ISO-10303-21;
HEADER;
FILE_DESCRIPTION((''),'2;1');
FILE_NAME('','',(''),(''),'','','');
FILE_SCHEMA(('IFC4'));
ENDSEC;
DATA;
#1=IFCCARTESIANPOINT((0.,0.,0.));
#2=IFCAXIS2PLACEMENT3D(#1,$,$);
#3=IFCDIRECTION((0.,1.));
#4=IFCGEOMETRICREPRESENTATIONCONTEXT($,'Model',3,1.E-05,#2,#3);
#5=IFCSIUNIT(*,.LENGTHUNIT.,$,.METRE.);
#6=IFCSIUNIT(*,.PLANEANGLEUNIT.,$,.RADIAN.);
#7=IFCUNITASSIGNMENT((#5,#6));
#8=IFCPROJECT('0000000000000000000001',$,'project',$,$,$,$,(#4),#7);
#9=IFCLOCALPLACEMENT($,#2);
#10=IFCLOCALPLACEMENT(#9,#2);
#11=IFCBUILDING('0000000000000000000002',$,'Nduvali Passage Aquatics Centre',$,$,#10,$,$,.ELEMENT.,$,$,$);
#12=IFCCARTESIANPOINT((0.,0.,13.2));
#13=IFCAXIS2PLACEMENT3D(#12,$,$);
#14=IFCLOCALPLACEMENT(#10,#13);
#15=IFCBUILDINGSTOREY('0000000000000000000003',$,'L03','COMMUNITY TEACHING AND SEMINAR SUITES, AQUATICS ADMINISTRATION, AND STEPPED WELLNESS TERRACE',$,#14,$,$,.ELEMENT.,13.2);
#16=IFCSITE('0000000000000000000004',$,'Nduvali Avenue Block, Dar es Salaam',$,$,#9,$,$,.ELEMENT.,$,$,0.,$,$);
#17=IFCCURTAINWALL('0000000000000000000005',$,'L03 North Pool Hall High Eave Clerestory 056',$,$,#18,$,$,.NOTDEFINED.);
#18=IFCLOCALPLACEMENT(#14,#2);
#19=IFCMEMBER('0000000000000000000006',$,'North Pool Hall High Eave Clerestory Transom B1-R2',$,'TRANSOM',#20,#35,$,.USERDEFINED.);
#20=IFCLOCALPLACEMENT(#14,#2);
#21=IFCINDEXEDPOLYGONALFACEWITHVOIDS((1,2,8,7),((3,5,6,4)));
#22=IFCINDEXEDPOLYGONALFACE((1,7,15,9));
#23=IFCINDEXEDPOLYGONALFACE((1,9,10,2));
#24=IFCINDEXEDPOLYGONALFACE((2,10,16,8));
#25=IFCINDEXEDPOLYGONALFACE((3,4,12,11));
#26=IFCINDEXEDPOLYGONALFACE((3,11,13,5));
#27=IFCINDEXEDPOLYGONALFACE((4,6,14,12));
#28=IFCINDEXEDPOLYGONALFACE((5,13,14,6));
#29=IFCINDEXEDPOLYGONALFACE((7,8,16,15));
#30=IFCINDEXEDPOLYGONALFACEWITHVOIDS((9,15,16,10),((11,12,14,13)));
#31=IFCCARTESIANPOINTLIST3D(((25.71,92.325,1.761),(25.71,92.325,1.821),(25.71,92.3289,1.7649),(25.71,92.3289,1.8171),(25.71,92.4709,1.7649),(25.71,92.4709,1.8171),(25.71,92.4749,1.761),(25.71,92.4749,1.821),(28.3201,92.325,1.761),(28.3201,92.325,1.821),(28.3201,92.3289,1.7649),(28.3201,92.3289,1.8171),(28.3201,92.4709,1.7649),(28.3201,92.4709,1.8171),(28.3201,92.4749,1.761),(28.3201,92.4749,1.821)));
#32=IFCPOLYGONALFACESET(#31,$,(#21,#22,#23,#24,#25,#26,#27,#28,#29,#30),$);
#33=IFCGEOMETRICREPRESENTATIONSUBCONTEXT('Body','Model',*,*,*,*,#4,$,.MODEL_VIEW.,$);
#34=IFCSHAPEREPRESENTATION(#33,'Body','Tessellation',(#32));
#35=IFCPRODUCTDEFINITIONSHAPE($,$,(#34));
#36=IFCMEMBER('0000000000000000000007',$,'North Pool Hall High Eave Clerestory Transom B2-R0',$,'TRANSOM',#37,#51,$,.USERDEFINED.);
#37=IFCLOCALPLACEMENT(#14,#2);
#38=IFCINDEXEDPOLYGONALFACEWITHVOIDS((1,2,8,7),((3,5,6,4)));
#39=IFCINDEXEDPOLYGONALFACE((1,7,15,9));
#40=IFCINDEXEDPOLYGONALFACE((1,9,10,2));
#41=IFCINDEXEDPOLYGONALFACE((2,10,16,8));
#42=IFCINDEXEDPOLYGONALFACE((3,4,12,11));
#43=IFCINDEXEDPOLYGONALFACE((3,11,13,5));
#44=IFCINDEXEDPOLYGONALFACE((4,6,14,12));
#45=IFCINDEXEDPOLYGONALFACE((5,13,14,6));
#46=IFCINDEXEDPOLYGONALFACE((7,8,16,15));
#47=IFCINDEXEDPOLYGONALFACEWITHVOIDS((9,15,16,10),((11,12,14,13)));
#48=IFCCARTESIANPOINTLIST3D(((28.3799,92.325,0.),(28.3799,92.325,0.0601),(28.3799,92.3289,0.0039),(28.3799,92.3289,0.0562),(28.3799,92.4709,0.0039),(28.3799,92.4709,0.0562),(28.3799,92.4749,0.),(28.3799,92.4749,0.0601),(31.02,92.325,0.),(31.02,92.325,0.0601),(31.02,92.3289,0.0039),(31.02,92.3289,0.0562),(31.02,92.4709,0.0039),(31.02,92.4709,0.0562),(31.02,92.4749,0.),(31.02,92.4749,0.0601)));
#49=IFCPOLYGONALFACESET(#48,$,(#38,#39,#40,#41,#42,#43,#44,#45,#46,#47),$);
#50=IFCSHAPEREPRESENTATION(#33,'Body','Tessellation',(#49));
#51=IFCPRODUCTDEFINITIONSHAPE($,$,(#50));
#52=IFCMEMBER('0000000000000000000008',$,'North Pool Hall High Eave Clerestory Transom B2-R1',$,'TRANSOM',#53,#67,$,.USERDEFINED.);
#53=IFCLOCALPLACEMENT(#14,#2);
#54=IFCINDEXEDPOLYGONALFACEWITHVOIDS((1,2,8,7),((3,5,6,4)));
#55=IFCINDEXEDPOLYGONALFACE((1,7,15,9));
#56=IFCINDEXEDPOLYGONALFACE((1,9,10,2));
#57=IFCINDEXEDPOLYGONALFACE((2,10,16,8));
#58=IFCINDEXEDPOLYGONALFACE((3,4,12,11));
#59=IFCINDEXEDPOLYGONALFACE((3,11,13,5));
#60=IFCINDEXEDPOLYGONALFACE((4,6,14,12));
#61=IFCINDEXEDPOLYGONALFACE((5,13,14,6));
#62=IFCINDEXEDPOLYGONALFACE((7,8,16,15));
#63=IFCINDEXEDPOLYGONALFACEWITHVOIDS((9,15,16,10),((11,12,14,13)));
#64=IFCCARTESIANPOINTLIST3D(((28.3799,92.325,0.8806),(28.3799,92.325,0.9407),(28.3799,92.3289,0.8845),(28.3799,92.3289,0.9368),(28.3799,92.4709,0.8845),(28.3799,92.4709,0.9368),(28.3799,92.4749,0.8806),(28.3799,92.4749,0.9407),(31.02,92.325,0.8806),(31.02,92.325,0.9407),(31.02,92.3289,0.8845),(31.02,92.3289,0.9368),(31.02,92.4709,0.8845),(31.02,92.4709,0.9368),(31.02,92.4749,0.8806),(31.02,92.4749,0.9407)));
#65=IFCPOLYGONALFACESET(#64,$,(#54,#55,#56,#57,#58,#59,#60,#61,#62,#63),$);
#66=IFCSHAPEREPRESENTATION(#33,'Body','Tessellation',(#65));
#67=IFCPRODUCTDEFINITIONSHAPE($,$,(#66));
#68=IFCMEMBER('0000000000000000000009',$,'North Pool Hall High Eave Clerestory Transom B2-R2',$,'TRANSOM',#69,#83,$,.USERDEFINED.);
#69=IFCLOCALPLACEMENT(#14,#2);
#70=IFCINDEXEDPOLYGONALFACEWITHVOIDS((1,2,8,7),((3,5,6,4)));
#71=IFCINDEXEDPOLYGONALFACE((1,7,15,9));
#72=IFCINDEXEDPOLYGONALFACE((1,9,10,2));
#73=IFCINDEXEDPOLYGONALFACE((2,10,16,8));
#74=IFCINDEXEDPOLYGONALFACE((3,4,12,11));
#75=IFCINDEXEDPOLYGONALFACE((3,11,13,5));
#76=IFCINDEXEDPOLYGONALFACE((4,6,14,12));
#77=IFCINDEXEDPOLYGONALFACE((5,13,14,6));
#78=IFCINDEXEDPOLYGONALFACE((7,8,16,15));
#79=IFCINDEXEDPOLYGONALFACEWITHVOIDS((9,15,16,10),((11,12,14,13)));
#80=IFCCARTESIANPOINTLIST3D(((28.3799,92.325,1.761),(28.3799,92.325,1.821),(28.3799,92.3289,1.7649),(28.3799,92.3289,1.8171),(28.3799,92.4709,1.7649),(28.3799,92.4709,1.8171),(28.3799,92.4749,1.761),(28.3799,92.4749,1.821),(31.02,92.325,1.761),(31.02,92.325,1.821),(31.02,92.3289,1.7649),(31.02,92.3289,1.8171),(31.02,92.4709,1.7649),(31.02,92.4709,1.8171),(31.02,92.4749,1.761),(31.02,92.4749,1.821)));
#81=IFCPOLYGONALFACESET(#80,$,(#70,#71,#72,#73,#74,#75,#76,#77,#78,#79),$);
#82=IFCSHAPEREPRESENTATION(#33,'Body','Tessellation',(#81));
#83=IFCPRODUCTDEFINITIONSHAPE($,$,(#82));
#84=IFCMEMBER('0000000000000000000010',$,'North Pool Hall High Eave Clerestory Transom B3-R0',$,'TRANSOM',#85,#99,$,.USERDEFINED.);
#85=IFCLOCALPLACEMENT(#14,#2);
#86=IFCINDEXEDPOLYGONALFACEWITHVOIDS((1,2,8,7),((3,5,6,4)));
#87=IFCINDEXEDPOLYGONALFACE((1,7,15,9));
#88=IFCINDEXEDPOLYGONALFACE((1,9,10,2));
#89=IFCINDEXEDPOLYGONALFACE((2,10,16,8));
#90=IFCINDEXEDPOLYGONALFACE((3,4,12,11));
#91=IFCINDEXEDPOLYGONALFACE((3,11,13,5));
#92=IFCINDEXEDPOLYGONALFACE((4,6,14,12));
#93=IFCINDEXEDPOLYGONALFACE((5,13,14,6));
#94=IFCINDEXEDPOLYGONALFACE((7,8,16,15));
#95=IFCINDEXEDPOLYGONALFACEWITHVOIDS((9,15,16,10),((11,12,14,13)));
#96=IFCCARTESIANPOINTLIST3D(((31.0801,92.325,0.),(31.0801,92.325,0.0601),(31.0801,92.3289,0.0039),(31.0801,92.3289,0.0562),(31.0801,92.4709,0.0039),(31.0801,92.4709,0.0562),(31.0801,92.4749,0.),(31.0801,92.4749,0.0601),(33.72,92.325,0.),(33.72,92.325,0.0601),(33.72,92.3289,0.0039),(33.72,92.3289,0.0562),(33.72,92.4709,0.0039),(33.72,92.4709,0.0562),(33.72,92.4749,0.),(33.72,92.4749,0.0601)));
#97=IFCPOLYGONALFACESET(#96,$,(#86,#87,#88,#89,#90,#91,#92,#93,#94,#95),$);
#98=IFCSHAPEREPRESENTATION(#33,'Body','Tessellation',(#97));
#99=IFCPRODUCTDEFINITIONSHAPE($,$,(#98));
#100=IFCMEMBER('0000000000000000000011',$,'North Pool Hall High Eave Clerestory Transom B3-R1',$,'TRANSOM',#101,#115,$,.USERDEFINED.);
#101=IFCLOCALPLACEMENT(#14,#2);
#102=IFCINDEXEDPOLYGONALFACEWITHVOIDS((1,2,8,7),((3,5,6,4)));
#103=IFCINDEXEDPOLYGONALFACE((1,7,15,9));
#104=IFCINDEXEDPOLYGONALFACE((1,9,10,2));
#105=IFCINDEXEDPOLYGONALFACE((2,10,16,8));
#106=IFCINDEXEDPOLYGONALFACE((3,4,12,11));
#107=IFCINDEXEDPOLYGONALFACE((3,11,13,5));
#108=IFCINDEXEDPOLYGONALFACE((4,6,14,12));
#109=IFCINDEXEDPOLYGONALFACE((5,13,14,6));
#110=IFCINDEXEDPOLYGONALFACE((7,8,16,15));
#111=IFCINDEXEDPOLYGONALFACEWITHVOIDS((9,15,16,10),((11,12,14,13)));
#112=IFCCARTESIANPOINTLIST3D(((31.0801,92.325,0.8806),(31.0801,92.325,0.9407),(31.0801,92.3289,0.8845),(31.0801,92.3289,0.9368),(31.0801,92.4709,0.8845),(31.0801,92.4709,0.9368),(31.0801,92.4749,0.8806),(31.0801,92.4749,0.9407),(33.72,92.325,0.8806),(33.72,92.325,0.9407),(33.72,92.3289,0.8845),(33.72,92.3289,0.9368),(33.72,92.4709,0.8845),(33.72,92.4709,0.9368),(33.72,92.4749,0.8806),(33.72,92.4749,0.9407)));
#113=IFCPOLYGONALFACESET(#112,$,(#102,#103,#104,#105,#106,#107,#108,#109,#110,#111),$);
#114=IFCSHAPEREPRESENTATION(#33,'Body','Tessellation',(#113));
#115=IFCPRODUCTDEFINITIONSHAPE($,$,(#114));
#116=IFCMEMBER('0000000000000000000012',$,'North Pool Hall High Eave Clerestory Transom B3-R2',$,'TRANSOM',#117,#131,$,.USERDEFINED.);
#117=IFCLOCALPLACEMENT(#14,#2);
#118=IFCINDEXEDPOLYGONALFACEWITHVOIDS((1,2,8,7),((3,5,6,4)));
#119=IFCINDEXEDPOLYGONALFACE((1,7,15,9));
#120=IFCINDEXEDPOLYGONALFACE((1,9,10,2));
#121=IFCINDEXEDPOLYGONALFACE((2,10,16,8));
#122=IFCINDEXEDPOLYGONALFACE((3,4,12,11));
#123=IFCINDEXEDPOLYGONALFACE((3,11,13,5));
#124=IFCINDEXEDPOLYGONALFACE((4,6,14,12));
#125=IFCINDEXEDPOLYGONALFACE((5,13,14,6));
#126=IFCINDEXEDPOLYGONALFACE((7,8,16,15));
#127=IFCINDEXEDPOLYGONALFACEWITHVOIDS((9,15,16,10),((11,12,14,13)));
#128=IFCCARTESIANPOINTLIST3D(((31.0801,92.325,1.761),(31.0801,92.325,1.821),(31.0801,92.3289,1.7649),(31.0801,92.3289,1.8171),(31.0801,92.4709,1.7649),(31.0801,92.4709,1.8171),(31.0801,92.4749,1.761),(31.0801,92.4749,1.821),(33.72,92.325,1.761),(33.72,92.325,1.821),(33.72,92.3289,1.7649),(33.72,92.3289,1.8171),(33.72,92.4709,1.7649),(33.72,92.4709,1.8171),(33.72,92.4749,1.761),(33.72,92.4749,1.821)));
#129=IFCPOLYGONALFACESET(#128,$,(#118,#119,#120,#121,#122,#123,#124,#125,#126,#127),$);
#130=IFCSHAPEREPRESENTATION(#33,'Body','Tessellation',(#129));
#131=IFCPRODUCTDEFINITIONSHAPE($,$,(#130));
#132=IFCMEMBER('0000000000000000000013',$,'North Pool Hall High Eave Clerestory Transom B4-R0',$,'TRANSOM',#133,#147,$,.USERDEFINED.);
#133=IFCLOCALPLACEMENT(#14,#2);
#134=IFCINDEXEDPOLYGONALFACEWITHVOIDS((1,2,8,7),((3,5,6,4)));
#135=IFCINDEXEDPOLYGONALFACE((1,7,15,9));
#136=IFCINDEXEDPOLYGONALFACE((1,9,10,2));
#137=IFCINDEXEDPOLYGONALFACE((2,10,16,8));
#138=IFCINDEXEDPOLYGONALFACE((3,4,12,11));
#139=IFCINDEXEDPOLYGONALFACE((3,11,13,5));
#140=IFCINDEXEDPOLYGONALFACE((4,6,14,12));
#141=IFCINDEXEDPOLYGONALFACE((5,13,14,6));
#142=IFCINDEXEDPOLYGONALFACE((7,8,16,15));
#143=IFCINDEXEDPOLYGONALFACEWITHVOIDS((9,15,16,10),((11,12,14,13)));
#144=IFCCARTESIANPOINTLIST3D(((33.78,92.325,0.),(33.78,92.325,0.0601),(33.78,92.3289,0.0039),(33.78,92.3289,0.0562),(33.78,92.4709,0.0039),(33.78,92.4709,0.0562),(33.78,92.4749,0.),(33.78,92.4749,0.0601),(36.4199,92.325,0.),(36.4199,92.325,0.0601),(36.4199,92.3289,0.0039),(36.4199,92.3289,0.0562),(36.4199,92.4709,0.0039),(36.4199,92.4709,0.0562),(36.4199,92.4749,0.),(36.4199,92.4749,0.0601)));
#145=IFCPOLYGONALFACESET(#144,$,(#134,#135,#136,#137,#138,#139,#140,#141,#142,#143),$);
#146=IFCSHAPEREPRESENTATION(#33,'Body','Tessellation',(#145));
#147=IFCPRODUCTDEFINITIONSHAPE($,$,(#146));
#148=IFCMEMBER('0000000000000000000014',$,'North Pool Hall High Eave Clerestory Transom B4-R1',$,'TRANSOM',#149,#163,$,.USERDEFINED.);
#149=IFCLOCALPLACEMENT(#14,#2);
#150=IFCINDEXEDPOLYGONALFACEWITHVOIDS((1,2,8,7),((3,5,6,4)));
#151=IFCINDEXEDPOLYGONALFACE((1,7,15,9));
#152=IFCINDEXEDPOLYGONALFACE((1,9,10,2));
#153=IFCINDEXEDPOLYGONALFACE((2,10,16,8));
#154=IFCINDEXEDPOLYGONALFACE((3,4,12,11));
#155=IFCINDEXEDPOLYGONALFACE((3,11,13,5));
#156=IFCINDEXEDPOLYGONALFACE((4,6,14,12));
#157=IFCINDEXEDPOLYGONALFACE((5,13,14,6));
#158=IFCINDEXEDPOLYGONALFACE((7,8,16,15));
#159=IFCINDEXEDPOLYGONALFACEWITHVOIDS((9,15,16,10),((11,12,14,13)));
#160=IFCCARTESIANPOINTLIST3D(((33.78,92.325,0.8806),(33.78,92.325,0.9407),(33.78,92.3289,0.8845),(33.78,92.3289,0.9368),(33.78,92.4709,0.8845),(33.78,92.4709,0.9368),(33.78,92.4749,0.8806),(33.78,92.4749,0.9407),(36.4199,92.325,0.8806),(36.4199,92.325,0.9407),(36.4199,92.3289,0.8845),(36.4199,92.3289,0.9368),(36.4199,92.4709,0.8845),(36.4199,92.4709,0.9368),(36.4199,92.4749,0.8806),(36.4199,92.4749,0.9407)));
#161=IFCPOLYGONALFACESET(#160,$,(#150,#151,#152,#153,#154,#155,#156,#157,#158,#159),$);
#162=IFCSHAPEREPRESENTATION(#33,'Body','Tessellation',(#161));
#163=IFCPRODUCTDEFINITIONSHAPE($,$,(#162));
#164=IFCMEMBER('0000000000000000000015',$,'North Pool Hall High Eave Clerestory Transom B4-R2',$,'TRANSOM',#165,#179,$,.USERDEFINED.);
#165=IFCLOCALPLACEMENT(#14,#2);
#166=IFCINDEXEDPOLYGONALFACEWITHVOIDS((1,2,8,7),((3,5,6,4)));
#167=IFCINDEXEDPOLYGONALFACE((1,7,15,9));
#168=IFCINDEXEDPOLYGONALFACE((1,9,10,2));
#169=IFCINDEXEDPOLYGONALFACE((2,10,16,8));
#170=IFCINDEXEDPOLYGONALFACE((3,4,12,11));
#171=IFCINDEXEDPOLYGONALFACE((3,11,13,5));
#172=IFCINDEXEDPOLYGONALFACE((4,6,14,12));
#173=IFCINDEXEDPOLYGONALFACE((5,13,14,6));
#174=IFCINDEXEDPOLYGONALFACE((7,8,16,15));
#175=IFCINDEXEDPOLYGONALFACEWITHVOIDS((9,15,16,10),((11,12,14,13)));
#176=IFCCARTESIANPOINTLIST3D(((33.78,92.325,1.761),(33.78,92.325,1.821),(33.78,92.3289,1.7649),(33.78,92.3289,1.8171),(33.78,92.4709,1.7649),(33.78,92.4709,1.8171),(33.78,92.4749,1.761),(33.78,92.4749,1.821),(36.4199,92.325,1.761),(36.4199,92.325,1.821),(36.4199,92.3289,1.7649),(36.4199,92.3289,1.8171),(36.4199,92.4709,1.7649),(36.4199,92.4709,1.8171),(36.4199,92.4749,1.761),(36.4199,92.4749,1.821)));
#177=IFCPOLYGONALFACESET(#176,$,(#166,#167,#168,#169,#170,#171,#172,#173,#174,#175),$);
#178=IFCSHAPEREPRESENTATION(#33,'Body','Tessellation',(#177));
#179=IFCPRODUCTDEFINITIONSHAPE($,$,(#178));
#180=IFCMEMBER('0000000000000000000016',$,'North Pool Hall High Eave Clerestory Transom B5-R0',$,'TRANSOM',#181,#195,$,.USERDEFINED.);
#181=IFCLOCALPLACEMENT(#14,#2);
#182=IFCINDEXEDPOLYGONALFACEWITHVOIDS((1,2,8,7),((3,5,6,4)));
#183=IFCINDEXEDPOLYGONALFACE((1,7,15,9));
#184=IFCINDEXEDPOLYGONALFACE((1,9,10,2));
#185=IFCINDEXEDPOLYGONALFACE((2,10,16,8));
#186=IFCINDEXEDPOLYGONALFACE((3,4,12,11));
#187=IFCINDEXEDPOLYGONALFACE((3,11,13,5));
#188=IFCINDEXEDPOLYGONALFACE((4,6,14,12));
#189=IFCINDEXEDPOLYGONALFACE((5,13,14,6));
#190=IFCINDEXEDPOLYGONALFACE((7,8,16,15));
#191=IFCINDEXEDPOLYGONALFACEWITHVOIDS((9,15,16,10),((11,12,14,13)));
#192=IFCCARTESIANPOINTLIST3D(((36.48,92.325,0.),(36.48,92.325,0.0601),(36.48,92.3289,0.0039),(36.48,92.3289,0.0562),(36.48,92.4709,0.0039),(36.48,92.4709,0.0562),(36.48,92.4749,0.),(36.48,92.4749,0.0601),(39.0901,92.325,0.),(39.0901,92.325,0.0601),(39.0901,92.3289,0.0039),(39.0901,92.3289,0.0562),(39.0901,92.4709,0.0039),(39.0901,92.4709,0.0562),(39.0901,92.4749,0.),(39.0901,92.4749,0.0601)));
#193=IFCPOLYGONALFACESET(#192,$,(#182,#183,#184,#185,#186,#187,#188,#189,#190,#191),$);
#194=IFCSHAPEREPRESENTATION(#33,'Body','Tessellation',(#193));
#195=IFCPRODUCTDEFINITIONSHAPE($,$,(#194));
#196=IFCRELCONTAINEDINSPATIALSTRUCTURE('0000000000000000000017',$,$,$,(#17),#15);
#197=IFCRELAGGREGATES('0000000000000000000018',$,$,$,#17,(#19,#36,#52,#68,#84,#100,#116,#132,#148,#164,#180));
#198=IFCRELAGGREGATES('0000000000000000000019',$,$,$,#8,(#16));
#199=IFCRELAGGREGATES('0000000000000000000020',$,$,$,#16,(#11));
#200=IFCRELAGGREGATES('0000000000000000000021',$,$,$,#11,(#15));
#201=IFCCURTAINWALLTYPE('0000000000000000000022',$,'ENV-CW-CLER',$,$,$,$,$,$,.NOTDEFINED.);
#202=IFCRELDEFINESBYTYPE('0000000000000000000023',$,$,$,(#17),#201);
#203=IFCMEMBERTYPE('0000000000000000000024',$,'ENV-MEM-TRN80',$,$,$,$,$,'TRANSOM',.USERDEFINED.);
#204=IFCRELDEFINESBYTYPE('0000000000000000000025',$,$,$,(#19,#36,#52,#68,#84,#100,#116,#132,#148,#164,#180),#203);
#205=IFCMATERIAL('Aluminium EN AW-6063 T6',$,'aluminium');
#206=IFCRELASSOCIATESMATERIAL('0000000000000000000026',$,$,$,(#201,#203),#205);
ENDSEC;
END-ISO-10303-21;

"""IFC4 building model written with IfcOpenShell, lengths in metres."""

from ifc_helpers import new_model, si_unit, direction, frame, origin, origin_2d, place, context, subcontext, project, spatial, hollow_rectangle, extrude, material, material_profile, profile_set, type_object, element, aggregate, save


model = new_model("IFC4")

# Units and contexts
model_context = context("Model", 3, precision=1e-05, world=origin(), true_north=direction((0.0, 1.0)))
body_context = subcontext(model_context, "Body", "Model", "MODEL_VIEW")
ifc_project = project(units=[si_unit("LENGTHUNIT", "METRE"), si_unit("PLANEANGLEUNIT", "RADIAN")], contexts=[model_context])

# Site, building, storey
site_placement = place(None, origin())
site = spatial("IfcSite", under=ifc_project, at=site_placement, Name="Nduvali Avenue Block, Dar es Salaam", CompositionType="ELEMENT", RefElevation=0.0)
building_placement = place(site_placement, origin())
building = spatial("IfcBuilding", under=site, at=building_placement, Name="Nduvali Passage Aquatics Centre", CompositionType="ELEMENT")
storey_placement = place(building_placement, frame((0.0, 0.0, 13.2)))
storey = spatial("IfcBuildingStorey", under=building, at=storey_placement, Name="L03", Description="COMMUNITY TEACHING AND SEMINAR SUITES, AQUATICS ADMINISTRATION, AND STEPPED WELLNESS TERRACE", CompositionType="ELEMENT", Elevation=13.2)

# Shared definitions
ifc_material_1 = material(Name="Aluminium EN AW-6063 T6", Category="aluminium")
curtain_wall_type = type_object("IfcCurtainWallType", Name="ENV-CW-CLER", PredefinedType="NOTDEFINED", material=ifc_material_1)

# Curtain wall
curtain_wall_1_placement = place(storey_placement, origin())
curtain_wall_1 = element("IfcCurtainWall", 1, at=curtain_wall_1_placement, inside=storey, type_object=curtain_wall_type, Name="L03 North Pool Hall High Eave Clerestory 056", PredefinedType="NOTDEFINED")

# Members
ifc_material_profile_1 = material_profile(ifc_material_1, hollow_rectangle(XDim=0.1499, YDim=0.0601, WallThickness=0.0039, at=origin_2d()), Name="ALU TRANSOM 150x60x4")
ifc_profile_set_1 = profile_set([ifc_material_profile_1], Name="Aluminium EN AW-6063 T6")
member_type_1 = type_object("IfcMemberType", Name="ENV-MEM-TRN80", ElementType="TRANSOM", PredefinedType="USERDEFINED", material=ifc_profile_set_1)
member_1_placement = place(storey_placement, frame((25.71, 92.3999, 1.791), z_axis=(1.0, 0.0, 0.0), x_axis=(0.0, 1.0, 0.0)))
member_1 = element("IfcMember", 2, at=member_1_placement, type_object=member_type_1, Name="North Pool Hall High Eave Clerestory Transom B1-R2", ObjectType="TRANSOM", PredefinedType="USERDEFINED", context=body_context, shape_type="SweptSolid", body=[
    extrude(hollow_rectangle(XDim=0.1499, YDim=0.0601, WallThickness=0.0039, at=origin_2d()), origin(), (0.0, 0.0, 1.0), 2.6101),
])
member_2_placement = place(storey_placement, frame((28.3799, 92.3999, 0.03), z_axis=(1.0, 0.0, 0.0), x_axis=(0.0, 1.0, 0.0)))
member_2 = element("IfcMember", 3, at=member_2_placement, type_object=member_type_1, Name="North Pool Hall High Eave Clerestory Transom B2-R0", ObjectType="TRANSOM", PredefinedType="USERDEFINED", context=body_context, shape_type="SweptSolid", body=[
    extrude(hollow_rectangle(XDim=0.1499, YDim=0.0601, WallThickness=0.0039, at=origin_2d()), origin(), (0.0, 0.0, 1.0), 2.6401),
])
member_3_placement = place(storey_placement, frame((28.3799, 92.3999, 0.9106), z_axis=(1.0, 0.0, 0.0), x_axis=(0.0, 1.0, 0.0)))
member_3 = element("IfcMember", 4, at=member_3_placement, type_object=member_type_1, Name="North Pool Hall High Eave Clerestory Transom B2-R1", ObjectType="TRANSOM", PredefinedType="USERDEFINED", context=body_context, shape_type="SweptSolid", body=[
    extrude(hollow_rectangle(XDim=0.1499, YDim=0.0601, WallThickness=0.0039, at=origin_2d()), origin(), (0.0, 0.0, 1.0), 2.6401),
])
member_4_placement = place(storey_placement, frame((28.3799, 92.3999, 1.791), z_axis=(1.0, 0.0, 0.0), x_axis=(0.0, 1.0, 0.0)))
member_4 = element("IfcMember", 5, at=member_4_placement, type_object=member_type_1, Name="North Pool Hall High Eave Clerestory Transom B2-R2", ObjectType="TRANSOM", PredefinedType="USERDEFINED", context=body_context, shape_type="SweptSolid", body=[
    extrude(hollow_rectangle(XDim=0.1499, YDim=0.0601, WallThickness=0.0039, at=origin_2d()), origin(), (0.0, 0.0, 1.0), 2.6401),
])
member_5_placement = place(storey_placement, frame((31.0801, 92.3999, 0.03), z_axis=(1.0, 0.0, 0.0), x_axis=(0.0, 1.0, 0.0)))
member_5 = element("IfcMember", 6, at=member_5_placement, type_object=member_type_1, Name="North Pool Hall High Eave Clerestory Transom B3-R0", ObjectType="TRANSOM", PredefinedType="USERDEFINED", context=body_context, shape_type="SweptSolid", body=[
    extrude(hollow_rectangle(XDim=0.1499, YDim=0.0601, WallThickness=0.0039, at=origin_2d()), origin(), (0.0, 0.0, 1.0), 2.6399),
])
member_6_placement = place(storey_placement, frame((31.0801, 92.3999, 0.9106), z_axis=(1.0, 0.0, 0.0), x_axis=(0.0, 1.0, 0.0)))
member_6 = element("IfcMember", 7, at=member_6_placement, type_object=member_type_1, Name="North Pool Hall High Eave Clerestory Transom B3-R1", ObjectType="TRANSOM", PredefinedType="USERDEFINED", context=body_context, shape_type="SweptSolid", body=[
    extrude(hollow_rectangle(XDim=0.1499, YDim=0.0601, WallThickness=0.0039, at=origin_2d()), origin(), (0.0, 0.0, 1.0), 2.6399),
])
member_7_placement = place(storey_placement, frame((31.0801, 92.3999, 1.791), z_axis=(1.0, 0.0, 0.0), x_axis=(0.0, 1.0, 0.0)))
member_7 = element("IfcMember", 8, at=member_7_placement, type_object=member_type_1, Name="North Pool Hall High Eave Clerestory Transom B3-R2", ObjectType="TRANSOM", PredefinedType="USERDEFINED", context=body_context, shape_type="SweptSolid", body=[
    extrude(hollow_rectangle(XDim=0.1499, YDim=0.0601, WallThickness=0.0039, at=origin_2d()), origin(), (0.0, 0.0, 1.0), 2.6399),
])
member_8_placement = place(storey_placement, frame((33.78, 92.3999, 0.03), z_axis=(1.0, 0.0, 0.0), x_axis=(0.0, 1.0, 0.0)))
member_8 = element("IfcMember", 9, at=member_8_placement, type_object=member_type_1, Name="North Pool Hall High Eave Clerestory Transom B4-R0", ObjectType="TRANSOM", PredefinedType="USERDEFINED", context=body_context, shape_type="SweptSolid", body=[
    extrude(hollow_rectangle(XDim=0.1499, YDim=0.0601, WallThickness=0.0039, at=origin_2d()), origin(), (0.0, 0.0, 1.0), 2.6399),
])
member_9_placement = place(storey_placement, frame((33.78, 92.3999, 0.9106), z_axis=(1.0, 0.0, 0.0), x_axis=(0.0, 1.0, 0.0)))
member_9 = element("IfcMember", 10, at=member_9_placement, type_object=member_type_1, Name="North Pool Hall High Eave Clerestory Transom B4-R1", ObjectType="TRANSOM", PredefinedType="USERDEFINED", context=body_context, shape_type="SweptSolid", body=[
    extrude(hollow_rectangle(XDim=0.1499, YDim=0.0601, WallThickness=0.0039, at=origin_2d()), origin(), (0.0, 0.0, 1.0), 2.6399),
])
member_10_placement = place(storey_placement, frame((33.78, 92.3999, 1.791), z_axis=(1.0, 0.0, 0.0), x_axis=(0.0, 1.0, 0.0)))
member_10 = element("IfcMember", 11, at=member_10_placement, type_object=member_type_1, Name="North Pool Hall High Eave Clerestory Transom B4-R2", ObjectType="TRANSOM", PredefinedType="USERDEFINED", context=body_context, shape_type="SweptSolid", body=[
    extrude(hollow_rectangle(XDim=0.1499, YDim=0.0601, WallThickness=0.0039, at=origin_2d()), origin(), (0.0, 0.0, 1.0), 2.6399),
])
member_11_placement = place(storey_placement, frame((36.48, 92.3999, 0.03), z_axis=(1.0, 0.0, 0.0), x_axis=(0.0, 1.0, 0.0)))
member_11 = element("IfcMember", 12, at=member_11_placement, type_object=member_type_1, Name="North Pool Hall High Eave Clerestory Transom B5-R0", ObjectType="TRANSOM", PredefinedType="USERDEFINED", context=body_context, shape_type="SweptSolid", body=[
    extrude(hollow_rectangle(XDim=0.1499, YDim=0.0601, WallThickness=0.0039, at=origin_2d()), origin(), (0.0, 0.0, 1.0), 2.6101),
])

aggregate(curtain_wall_1, [member_1, member_2, member_3, member_4, member_5, member_6, member_7, member_8, member_9, member_10, member_11])

save(model, "model.ifc")
